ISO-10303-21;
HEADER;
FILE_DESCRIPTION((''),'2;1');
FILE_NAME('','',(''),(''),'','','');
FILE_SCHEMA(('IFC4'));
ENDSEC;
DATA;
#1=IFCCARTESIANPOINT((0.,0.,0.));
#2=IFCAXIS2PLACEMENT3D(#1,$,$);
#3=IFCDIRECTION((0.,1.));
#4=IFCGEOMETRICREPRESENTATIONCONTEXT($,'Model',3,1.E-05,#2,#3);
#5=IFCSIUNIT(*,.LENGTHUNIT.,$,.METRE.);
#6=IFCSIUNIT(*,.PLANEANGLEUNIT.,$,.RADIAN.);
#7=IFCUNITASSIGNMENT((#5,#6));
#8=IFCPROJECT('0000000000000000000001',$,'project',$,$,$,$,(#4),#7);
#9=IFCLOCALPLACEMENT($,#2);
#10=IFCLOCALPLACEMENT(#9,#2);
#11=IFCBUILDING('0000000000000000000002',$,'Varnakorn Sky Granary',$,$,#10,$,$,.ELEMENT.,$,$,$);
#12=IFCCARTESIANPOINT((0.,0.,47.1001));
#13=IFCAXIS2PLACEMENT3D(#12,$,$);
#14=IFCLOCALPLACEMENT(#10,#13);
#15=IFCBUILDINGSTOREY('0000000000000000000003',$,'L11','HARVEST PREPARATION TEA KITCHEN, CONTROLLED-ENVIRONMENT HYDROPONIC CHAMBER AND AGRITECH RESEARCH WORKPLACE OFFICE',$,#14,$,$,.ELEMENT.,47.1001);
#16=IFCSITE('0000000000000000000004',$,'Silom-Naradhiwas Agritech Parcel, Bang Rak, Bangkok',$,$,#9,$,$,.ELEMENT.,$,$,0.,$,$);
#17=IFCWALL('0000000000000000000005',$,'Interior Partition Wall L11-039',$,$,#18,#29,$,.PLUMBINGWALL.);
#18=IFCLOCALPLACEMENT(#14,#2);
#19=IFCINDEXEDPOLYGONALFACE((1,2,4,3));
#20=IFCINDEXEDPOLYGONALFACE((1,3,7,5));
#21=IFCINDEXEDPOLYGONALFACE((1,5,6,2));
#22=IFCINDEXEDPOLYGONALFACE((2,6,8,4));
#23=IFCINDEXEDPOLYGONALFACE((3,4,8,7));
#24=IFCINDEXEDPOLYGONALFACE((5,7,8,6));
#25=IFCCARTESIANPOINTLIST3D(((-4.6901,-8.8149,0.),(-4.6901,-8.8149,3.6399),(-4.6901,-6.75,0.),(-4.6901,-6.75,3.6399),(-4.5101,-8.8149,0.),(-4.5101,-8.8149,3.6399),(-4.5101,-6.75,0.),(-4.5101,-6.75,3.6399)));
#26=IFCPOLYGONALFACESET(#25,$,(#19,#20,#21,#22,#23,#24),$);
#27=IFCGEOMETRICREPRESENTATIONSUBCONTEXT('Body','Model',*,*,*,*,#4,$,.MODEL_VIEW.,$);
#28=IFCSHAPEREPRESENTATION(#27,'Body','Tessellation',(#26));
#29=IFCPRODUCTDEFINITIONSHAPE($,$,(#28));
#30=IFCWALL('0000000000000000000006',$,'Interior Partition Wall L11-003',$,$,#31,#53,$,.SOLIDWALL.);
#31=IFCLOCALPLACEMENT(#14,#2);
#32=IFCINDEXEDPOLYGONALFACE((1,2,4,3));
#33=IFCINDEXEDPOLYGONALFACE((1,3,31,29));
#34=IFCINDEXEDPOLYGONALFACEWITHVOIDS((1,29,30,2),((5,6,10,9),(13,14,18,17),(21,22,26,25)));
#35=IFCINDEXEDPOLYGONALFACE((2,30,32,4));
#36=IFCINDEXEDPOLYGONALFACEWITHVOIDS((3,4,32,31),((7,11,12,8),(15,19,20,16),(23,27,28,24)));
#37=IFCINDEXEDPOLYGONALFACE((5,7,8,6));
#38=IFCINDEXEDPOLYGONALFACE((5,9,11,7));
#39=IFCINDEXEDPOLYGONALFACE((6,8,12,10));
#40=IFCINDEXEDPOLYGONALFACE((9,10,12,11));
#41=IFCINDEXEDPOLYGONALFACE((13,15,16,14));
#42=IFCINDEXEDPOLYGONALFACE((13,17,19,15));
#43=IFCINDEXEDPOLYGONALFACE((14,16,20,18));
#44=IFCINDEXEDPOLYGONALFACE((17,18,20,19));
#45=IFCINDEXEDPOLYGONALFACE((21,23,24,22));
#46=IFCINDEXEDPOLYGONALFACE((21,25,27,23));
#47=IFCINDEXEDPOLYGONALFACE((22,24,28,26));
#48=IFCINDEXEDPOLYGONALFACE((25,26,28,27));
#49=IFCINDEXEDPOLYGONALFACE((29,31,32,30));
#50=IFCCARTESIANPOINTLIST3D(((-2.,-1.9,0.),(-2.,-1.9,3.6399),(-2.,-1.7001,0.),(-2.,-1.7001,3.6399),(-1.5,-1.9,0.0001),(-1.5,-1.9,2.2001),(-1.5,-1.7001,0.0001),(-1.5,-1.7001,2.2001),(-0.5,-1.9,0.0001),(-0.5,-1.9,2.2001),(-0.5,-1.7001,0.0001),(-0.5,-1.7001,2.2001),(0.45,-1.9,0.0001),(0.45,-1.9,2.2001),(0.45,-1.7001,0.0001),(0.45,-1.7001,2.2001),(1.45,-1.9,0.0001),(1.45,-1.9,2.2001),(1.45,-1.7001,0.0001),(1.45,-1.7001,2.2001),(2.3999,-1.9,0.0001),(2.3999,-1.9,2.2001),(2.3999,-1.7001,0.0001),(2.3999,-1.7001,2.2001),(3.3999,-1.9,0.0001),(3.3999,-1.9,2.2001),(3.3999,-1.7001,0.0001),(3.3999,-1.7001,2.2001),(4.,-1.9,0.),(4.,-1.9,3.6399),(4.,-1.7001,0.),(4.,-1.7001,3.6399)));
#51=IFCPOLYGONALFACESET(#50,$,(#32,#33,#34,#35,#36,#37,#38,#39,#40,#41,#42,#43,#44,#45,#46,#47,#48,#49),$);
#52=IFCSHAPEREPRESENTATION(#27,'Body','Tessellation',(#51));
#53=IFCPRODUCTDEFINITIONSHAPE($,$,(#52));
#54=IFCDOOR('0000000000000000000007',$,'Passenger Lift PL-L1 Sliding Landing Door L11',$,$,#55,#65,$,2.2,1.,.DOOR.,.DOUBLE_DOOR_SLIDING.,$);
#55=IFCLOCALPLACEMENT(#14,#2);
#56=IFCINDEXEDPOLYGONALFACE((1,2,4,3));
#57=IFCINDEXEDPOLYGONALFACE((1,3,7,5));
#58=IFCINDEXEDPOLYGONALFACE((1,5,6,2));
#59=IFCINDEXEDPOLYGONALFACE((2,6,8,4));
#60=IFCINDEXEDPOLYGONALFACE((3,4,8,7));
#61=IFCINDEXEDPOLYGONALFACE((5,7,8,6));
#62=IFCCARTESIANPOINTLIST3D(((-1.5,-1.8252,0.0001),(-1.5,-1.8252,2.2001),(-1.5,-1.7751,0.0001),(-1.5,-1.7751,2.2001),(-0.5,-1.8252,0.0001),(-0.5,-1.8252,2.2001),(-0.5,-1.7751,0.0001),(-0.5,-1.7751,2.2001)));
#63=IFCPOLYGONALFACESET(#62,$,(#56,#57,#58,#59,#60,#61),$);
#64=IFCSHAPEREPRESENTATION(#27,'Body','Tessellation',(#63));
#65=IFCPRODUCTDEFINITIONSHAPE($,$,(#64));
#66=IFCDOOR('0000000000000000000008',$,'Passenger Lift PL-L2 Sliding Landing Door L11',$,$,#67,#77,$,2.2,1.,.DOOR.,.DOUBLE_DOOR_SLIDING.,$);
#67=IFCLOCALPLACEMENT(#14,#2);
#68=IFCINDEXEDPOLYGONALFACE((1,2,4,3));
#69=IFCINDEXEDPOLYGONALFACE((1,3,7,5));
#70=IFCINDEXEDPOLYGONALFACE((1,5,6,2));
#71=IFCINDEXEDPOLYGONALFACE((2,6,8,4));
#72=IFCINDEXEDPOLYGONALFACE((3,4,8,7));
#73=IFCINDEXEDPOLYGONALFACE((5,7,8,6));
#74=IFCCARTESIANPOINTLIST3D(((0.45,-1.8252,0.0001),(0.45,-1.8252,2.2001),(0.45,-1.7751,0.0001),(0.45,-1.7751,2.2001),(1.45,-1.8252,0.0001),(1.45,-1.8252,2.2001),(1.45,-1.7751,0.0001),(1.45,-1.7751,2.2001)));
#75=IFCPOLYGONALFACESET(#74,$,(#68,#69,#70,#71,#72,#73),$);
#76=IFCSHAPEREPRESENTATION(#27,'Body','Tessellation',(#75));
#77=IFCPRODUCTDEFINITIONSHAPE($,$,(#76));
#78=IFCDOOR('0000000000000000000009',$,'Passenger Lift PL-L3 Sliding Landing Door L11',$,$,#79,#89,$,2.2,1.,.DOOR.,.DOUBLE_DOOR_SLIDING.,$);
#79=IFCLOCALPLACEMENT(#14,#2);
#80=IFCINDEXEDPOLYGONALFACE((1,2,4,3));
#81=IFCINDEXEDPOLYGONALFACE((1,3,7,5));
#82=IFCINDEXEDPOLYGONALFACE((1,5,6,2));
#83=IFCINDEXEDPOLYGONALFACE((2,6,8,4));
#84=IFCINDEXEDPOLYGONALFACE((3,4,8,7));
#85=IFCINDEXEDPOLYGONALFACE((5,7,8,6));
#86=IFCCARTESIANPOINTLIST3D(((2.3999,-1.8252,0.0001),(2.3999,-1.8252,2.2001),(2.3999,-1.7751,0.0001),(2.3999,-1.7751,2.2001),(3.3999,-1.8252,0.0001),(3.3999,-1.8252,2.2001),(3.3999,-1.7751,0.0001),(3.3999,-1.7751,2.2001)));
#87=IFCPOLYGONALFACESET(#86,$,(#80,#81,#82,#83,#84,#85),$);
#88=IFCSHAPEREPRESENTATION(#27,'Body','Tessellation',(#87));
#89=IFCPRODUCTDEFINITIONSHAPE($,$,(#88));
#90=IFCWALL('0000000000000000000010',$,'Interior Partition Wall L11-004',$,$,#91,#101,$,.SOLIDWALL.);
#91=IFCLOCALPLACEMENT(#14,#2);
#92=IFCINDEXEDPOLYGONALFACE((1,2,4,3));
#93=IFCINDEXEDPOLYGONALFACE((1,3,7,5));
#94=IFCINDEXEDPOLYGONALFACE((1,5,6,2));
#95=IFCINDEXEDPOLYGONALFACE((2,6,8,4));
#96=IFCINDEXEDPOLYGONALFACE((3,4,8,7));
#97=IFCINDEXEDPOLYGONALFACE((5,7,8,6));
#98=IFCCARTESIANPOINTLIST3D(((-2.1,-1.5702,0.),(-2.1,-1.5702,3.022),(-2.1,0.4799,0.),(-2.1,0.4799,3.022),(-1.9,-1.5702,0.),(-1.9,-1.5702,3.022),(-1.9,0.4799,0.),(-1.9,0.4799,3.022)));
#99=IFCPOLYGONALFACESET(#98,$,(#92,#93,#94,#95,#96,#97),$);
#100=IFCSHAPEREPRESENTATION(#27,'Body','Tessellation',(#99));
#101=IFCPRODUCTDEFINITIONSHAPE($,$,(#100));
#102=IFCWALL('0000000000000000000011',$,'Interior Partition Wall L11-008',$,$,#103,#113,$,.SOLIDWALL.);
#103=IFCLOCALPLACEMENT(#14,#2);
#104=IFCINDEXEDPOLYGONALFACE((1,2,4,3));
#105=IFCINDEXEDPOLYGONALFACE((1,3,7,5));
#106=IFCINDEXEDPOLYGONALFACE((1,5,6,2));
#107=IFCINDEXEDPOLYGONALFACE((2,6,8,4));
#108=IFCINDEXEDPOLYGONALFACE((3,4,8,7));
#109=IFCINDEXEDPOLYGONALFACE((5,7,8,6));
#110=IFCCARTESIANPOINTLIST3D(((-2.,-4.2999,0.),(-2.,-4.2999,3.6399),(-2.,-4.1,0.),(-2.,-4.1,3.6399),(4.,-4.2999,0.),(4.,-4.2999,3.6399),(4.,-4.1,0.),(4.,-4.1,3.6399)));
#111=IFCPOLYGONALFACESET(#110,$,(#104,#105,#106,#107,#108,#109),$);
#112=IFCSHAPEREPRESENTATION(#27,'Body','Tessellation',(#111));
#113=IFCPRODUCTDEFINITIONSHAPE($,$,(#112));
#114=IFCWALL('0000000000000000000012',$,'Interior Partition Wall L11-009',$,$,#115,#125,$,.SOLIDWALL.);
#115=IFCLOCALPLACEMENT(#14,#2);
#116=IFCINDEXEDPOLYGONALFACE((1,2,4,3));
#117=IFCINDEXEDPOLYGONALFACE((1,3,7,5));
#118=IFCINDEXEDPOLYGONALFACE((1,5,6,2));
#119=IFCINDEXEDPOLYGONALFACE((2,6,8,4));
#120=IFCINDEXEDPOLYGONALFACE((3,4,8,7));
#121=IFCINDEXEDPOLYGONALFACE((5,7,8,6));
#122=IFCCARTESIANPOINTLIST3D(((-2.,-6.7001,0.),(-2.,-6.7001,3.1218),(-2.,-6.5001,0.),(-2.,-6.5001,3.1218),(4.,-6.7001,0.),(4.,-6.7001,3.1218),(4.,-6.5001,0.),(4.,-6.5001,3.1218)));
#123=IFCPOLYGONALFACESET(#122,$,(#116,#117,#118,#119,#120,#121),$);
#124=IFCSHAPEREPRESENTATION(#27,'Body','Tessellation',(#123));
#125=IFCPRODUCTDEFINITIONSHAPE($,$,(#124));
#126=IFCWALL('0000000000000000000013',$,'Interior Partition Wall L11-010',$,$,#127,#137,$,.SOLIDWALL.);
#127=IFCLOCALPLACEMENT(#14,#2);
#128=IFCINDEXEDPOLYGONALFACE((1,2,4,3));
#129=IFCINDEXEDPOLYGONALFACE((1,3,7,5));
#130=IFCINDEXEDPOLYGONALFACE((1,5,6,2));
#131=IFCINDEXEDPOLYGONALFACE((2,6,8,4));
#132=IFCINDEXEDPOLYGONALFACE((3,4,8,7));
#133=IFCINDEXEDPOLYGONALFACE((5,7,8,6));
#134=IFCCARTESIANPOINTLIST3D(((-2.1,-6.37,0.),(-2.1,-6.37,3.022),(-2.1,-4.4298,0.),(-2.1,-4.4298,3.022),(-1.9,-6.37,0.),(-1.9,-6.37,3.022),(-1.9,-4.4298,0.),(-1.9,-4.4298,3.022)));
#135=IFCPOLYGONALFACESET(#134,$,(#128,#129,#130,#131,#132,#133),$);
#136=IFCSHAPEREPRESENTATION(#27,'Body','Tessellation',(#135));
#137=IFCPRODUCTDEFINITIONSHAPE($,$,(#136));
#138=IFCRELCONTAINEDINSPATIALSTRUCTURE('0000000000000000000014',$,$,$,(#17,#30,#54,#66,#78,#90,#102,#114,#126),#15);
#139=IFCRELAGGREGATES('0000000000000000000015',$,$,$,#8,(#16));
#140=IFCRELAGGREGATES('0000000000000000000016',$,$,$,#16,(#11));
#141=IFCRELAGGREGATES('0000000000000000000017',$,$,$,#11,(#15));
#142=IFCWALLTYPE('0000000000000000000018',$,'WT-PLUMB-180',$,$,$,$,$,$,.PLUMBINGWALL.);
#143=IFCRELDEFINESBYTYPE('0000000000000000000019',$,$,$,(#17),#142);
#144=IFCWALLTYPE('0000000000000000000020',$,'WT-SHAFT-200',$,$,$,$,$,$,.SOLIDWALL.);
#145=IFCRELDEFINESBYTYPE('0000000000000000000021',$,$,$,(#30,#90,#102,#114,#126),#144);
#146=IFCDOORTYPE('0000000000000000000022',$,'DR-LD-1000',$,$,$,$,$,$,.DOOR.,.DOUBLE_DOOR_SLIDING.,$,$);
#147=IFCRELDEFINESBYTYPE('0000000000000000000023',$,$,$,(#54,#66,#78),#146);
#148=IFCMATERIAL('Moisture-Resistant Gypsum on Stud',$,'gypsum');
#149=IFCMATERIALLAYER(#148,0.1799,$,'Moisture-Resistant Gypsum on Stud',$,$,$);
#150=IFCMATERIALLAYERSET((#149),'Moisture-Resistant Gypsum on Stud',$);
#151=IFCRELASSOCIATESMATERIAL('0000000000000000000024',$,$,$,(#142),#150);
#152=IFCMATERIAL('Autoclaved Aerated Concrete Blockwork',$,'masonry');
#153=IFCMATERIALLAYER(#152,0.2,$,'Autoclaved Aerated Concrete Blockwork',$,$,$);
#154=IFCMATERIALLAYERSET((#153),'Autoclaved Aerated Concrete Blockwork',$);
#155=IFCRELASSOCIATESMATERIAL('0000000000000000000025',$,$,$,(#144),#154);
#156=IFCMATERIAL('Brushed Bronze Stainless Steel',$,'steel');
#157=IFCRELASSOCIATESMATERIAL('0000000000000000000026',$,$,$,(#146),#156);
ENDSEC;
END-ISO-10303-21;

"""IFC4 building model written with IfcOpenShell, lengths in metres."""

from ifc_helpers import new_model, si_unit, direction, frame, frame_2d, origin, place, context, subcontext, project, spatial, rectangle, extrude, material, layer, layer_set, type_object, element, fill, save


model = new_model("IFC4")

# Units and contexts
model_context = context("Model", 3, precision=1e-05, world=origin(), true_north=direction((0.0, 1.0)))
body_context = subcontext(model_context, "Body", "Model", "MODEL_VIEW")
ifc_project = project(units=[si_unit("LENGTHUNIT", "METRE"), si_unit("PLANEANGLEUNIT", "RADIAN")], contexts=[model_context])

# Site, building, storey
site_placement = place(None, origin())
site = spatial("IfcSite", under=ifc_project, at=site_placement, Name="Silom-Naradhiwas Agritech Parcel, Bang Rak, Bangkok", CompositionType="ELEMENT", RefElevation=0.0)
building_placement = place(site_placement, origin())
building = spatial("IfcBuilding", under=site, at=building_placement, Name="Varnakorn Sky Granary", CompositionType="ELEMENT")
storey_placement = place(building_placement, frame((0.0, 0.0, 47.1001)))
storey = spatial("IfcBuildingStorey", under=building, at=storey_placement, Name="L11", Description="HARVEST PREPARATION TEA KITCHEN, CONTROLLED-ENVIRONMENT HYDROPONIC CHAMBER AND AGRITECH RESEARCH WORKPLACE OFFICE", CompositionType="ELEMENT", Elevation=47.1001)

# Shared definitions
ifc_material_1 = material(Name="Autoclaved Aerated Concrete Blockwork", Category="masonry")

# Wall
ifc_material_2 = material(Name="Moisture-Resistant Gypsum on Stud", Category="gypsum")
ifc_layer_1 = layer(ifc_material_2, 0.1799, Name="Moisture-Resistant Gypsum on Stud")
ifc_layer_set_1 = layer_set([ifc_layer_1], Name="Moisture-Resistant Gypsum on Stud")
wall_type_1 = type_object("IfcWallType", Name="WT-PLUMB-180", PredefinedType="PLUMBINGWALL", material=ifc_layer_set_1)
wall_1_placement = place(storey_placement, frame((-4.6001, -6.75, 0.0), z_axis=(0.0, 0.0, 1.0), x_axis=(0.0, -1.0, 0.0)))
element("IfcWall", 1, at=wall_1_placement, inside=storey, type_object=wall_type_1, Name="Interior Partition Wall L11-039", PredefinedType="PLUMBINGWALL", context=body_context, shape_type="SweptSolid", body=[
    extrude(rectangle(XDim=2.0649, YDim=0.1799, at=frame_2d((1.0325, 0.0))), origin(), (0.0, 0.0, 1.0), 3.6399),
])

# Wall, openings, doors
ifc_layer_2 = layer(ifc_material_1, 0.2, Name="Autoclaved Aerated Concrete Blockwork")
ifc_layer_set_2 = layer_set([ifc_layer_2], Name="Autoclaved Aerated Concrete Blockwork")
wall_type_2 = type_object("IfcWallType", Name="WT-SHAFT-200", PredefinedType="SOLIDWALL", material=ifc_layer_set_2)
wall_2_placement = place(storey_placement, frame((-2.0, -1.8, 0.0), z_axis=(0.0, 0.0, 1.0), x_axis=(1.0, 0.0, 0.0)))
wall_2 = element("IfcWall", 2, at=wall_2_placement, inside=storey, type_object=wall_type_2, Name="Interior Partition Wall L11-003", PredefinedType="SOLIDWALL", context=body_context, shape_type="SweptSolid", body=[
    extrude(rectangle(XDim=6.0, YDim=0.2, at=frame_2d((3.0, 0.0))), origin(), (0.0, 0.0, 1.0), 3.6399),
])
opening_1_placement = place(wall_2_placement, frame((0.5, 0.0, 0.0)))
opening_1 = element("IfcOpeningElement", 3, at=opening_1_placement, cuts=wall_2, PredefinedType="OPENING", context=body_context, shape_type="SweptSolid", body=[
    extrude(rectangle(XDim=1.0, YDim=2.2, at=frame_2d((0.5, 1.1001))), frame((0.0, 0.1099, 0.0), z_axis=(0.0, -1.0, 0.0), x_axis=(1.0, 0.0, 0.0)), (0.0, 0.0, 1.0), 0.22),
])
opening_2_placement = place(wall_2_placement, frame((2.45, 0.0, 0.0)))
opening_2 = element("IfcOpeningElement", 4, at=opening_2_placement, cuts=wall_2, PredefinedType="OPENING", context=body_context, shape_type="SweptSolid", body=[
    extrude(rectangle(XDim=1.0, YDim=2.2, at=frame_2d((0.5, 1.1001))), frame((0.0, 0.1099, 0.0), z_axis=(0.0, -1.0, 0.0), x_axis=(1.0, 0.0, 0.0)), (0.0, 0.0, 1.0), 0.22),
])
opening_3_placement = place(wall_2_placement, frame((4.3999, 0.0, 0.0)))
opening_3 = element("IfcOpeningElement", 5, at=opening_3_placement, cuts=wall_2, PredefinedType="OPENING", context=body_context, shape_type="SweptSolid", body=[
    extrude(rectangle(XDim=1.0, YDim=2.2, at=frame_2d((0.5, 1.1001))), frame((0.0, 0.1099, 0.0), z_axis=(0.0, -1.0, 0.0), x_axis=(1.0, 0.0, 0.0)), (0.0, 0.0, 1.0), 0.22),
])
ifc_material_3 = material(Name="Brushed Bronze Stainless Steel", Category="steel")
door_type_1 = type_object("IfcDoorType", Name="DR-LD-1000", OperationType="DOUBLE_DOOR_SLIDING", PredefinedType="DOOR", material=ifc_material_3)
door_1_placement = place(opening_1_placement, origin())
door_1 = element("IfcDoor", 6, at=door_1_placement, inside=storey, type_object=door_type_1, Name="Passenger Lift PL-L1 Sliding Landing Door L11", OperationType="DOUBLE_DOOR_SLIDING", OverallHeight=2.2, OverallWidth=1.0, PredefinedType="DOOR", context=body_context, shape_type="SweptSolid", body=[
    extrude(rectangle(XDim=1.0, YDim=2.2, at=frame_2d((0.5, 1.1001))), frame((0.0, 0.0249, 0.0), z_axis=(0.0, -1.0, 0.0), x_axis=(1.0, 0.0, 0.0)), (0.0, 0.0, 1.0), 0.05),
])
fill(opening_1, door_1)
door_2_placement = place(opening_2_placement, origin())
door_2 = element("IfcDoor", 7, at=door_2_placement, inside=storey, type_object=door_type_1, Name="Passenger Lift PL-L2 Sliding Landing Door L11", OperationType="DOUBLE_DOOR_SLIDING", OverallHeight=2.2, OverallWidth=1.0, PredefinedType="DOOR", context=body_context, shape_type="SweptSolid", body=[
    extrude(rectangle(XDim=1.0, YDim=2.2, at=frame_2d((0.5, 1.1001))), frame((0.0, 0.0249, 0.0), z_axis=(0.0, -1.0, 0.0), x_axis=(1.0, 0.0, 0.0)), (0.0, 0.0, 1.0), 0.05),
])
fill(opening_2, door_2)
door_3_placement = place(opening_3_placement, origin())
door_3 = element("IfcDoor", 8, at=door_3_placement, inside=storey, type_object=door_type_1, Name="Passenger Lift PL-L3 Sliding Landing Door L11", OperationType="DOUBLE_DOOR_SLIDING", OverallHeight=2.2, OverallWidth=1.0, PredefinedType="DOOR", context=body_context, shape_type="SweptSolid", body=[
    extrude(rectangle(XDim=1.0, YDim=2.2, at=frame_2d((0.5, 1.1001))), frame((0.0, 0.0249, 0.0), z_axis=(0.0, -1.0, 0.0), x_axis=(1.0, 0.0, 0.0)), (0.0, 0.0, 1.0), 0.05),
])
fill(opening_3, door_3)

# Walls
wall_3_placement = place(storey_placement, frame((-2.0, -1.5701, 0.0), z_axis=(0.0, 0.0, 1.0), x_axis=(0.0, 1.0, 0.0)))
element("IfcWall", 9, at=wall_3_placement, inside=storey, type_object=wall_type_2, Name="Interior Partition Wall L11-004", PredefinedType="SOLIDWALL", context=body_context, shape_type="SweptSolid", body=[
    extrude(rectangle(XDim=2.05, YDim=0.2, at=frame_2d((1.0249, 0.0))), origin(), (0.0, 0.0, 1.0), 3.022),
])
wall_4_placement = place(storey_placement, frame((-2.0, -4.2, 0.0), z_axis=(0.0, 0.0, 1.0), x_axis=(1.0, 0.0, 0.0)))
element("IfcWall", 10, at=wall_4_placement, inside=storey, type_object=wall_type_2, Name="Interior Partition Wall L11-008", PredefinedType="SOLIDWALL", context=body_context, shape_type="SweptSolid", body=[
    extrude(rectangle(XDim=6.0, YDim=0.2, at=frame_2d((3.0, 0.0))), origin(), (0.0, 0.0, 1.0), 3.6399),
])
wall_5_placement = place(storey_placement, frame((-2.0, -6.6001, 0.0), z_axis=(0.0, 0.0, 1.0), x_axis=(1.0, 0.0, 0.0)))
element("IfcWall", 11, at=wall_5_placement, inside=storey, type_object=wall_type_2, Name="Interior Partition Wall L11-009", PredefinedType="SOLIDWALL", context=body_context, shape_type="SweptSolid", body=[
    extrude(rectangle(XDim=6.0, YDim=0.2, at=frame_2d((3.0, 0.0))), origin(), (0.0, 0.0, 1.0), 3.1218),
])
wall_6_placement = place(storey_placement, frame((-2.0, -6.3701, 0.0), z_axis=(0.0, 0.0, 1.0), x_axis=(0.0, 1.0, 0.0)))
element("IfcWall", 12, at=wall_6_placement, inside=storey, type_object=wall_type_2, Name="Interior Partition Wall L11-010", PredefinedType="SOLIDWALL", context=body_context, shape_type="SweptSolid", body=[
    extrude(rectangle(XDim=1.9402, YDim=0.2, at=frame_2d((0.9702, 0.0))), origin(), (0.0, 0.0, 1.0), 3.022),
])

save(model, "model.ifc")
